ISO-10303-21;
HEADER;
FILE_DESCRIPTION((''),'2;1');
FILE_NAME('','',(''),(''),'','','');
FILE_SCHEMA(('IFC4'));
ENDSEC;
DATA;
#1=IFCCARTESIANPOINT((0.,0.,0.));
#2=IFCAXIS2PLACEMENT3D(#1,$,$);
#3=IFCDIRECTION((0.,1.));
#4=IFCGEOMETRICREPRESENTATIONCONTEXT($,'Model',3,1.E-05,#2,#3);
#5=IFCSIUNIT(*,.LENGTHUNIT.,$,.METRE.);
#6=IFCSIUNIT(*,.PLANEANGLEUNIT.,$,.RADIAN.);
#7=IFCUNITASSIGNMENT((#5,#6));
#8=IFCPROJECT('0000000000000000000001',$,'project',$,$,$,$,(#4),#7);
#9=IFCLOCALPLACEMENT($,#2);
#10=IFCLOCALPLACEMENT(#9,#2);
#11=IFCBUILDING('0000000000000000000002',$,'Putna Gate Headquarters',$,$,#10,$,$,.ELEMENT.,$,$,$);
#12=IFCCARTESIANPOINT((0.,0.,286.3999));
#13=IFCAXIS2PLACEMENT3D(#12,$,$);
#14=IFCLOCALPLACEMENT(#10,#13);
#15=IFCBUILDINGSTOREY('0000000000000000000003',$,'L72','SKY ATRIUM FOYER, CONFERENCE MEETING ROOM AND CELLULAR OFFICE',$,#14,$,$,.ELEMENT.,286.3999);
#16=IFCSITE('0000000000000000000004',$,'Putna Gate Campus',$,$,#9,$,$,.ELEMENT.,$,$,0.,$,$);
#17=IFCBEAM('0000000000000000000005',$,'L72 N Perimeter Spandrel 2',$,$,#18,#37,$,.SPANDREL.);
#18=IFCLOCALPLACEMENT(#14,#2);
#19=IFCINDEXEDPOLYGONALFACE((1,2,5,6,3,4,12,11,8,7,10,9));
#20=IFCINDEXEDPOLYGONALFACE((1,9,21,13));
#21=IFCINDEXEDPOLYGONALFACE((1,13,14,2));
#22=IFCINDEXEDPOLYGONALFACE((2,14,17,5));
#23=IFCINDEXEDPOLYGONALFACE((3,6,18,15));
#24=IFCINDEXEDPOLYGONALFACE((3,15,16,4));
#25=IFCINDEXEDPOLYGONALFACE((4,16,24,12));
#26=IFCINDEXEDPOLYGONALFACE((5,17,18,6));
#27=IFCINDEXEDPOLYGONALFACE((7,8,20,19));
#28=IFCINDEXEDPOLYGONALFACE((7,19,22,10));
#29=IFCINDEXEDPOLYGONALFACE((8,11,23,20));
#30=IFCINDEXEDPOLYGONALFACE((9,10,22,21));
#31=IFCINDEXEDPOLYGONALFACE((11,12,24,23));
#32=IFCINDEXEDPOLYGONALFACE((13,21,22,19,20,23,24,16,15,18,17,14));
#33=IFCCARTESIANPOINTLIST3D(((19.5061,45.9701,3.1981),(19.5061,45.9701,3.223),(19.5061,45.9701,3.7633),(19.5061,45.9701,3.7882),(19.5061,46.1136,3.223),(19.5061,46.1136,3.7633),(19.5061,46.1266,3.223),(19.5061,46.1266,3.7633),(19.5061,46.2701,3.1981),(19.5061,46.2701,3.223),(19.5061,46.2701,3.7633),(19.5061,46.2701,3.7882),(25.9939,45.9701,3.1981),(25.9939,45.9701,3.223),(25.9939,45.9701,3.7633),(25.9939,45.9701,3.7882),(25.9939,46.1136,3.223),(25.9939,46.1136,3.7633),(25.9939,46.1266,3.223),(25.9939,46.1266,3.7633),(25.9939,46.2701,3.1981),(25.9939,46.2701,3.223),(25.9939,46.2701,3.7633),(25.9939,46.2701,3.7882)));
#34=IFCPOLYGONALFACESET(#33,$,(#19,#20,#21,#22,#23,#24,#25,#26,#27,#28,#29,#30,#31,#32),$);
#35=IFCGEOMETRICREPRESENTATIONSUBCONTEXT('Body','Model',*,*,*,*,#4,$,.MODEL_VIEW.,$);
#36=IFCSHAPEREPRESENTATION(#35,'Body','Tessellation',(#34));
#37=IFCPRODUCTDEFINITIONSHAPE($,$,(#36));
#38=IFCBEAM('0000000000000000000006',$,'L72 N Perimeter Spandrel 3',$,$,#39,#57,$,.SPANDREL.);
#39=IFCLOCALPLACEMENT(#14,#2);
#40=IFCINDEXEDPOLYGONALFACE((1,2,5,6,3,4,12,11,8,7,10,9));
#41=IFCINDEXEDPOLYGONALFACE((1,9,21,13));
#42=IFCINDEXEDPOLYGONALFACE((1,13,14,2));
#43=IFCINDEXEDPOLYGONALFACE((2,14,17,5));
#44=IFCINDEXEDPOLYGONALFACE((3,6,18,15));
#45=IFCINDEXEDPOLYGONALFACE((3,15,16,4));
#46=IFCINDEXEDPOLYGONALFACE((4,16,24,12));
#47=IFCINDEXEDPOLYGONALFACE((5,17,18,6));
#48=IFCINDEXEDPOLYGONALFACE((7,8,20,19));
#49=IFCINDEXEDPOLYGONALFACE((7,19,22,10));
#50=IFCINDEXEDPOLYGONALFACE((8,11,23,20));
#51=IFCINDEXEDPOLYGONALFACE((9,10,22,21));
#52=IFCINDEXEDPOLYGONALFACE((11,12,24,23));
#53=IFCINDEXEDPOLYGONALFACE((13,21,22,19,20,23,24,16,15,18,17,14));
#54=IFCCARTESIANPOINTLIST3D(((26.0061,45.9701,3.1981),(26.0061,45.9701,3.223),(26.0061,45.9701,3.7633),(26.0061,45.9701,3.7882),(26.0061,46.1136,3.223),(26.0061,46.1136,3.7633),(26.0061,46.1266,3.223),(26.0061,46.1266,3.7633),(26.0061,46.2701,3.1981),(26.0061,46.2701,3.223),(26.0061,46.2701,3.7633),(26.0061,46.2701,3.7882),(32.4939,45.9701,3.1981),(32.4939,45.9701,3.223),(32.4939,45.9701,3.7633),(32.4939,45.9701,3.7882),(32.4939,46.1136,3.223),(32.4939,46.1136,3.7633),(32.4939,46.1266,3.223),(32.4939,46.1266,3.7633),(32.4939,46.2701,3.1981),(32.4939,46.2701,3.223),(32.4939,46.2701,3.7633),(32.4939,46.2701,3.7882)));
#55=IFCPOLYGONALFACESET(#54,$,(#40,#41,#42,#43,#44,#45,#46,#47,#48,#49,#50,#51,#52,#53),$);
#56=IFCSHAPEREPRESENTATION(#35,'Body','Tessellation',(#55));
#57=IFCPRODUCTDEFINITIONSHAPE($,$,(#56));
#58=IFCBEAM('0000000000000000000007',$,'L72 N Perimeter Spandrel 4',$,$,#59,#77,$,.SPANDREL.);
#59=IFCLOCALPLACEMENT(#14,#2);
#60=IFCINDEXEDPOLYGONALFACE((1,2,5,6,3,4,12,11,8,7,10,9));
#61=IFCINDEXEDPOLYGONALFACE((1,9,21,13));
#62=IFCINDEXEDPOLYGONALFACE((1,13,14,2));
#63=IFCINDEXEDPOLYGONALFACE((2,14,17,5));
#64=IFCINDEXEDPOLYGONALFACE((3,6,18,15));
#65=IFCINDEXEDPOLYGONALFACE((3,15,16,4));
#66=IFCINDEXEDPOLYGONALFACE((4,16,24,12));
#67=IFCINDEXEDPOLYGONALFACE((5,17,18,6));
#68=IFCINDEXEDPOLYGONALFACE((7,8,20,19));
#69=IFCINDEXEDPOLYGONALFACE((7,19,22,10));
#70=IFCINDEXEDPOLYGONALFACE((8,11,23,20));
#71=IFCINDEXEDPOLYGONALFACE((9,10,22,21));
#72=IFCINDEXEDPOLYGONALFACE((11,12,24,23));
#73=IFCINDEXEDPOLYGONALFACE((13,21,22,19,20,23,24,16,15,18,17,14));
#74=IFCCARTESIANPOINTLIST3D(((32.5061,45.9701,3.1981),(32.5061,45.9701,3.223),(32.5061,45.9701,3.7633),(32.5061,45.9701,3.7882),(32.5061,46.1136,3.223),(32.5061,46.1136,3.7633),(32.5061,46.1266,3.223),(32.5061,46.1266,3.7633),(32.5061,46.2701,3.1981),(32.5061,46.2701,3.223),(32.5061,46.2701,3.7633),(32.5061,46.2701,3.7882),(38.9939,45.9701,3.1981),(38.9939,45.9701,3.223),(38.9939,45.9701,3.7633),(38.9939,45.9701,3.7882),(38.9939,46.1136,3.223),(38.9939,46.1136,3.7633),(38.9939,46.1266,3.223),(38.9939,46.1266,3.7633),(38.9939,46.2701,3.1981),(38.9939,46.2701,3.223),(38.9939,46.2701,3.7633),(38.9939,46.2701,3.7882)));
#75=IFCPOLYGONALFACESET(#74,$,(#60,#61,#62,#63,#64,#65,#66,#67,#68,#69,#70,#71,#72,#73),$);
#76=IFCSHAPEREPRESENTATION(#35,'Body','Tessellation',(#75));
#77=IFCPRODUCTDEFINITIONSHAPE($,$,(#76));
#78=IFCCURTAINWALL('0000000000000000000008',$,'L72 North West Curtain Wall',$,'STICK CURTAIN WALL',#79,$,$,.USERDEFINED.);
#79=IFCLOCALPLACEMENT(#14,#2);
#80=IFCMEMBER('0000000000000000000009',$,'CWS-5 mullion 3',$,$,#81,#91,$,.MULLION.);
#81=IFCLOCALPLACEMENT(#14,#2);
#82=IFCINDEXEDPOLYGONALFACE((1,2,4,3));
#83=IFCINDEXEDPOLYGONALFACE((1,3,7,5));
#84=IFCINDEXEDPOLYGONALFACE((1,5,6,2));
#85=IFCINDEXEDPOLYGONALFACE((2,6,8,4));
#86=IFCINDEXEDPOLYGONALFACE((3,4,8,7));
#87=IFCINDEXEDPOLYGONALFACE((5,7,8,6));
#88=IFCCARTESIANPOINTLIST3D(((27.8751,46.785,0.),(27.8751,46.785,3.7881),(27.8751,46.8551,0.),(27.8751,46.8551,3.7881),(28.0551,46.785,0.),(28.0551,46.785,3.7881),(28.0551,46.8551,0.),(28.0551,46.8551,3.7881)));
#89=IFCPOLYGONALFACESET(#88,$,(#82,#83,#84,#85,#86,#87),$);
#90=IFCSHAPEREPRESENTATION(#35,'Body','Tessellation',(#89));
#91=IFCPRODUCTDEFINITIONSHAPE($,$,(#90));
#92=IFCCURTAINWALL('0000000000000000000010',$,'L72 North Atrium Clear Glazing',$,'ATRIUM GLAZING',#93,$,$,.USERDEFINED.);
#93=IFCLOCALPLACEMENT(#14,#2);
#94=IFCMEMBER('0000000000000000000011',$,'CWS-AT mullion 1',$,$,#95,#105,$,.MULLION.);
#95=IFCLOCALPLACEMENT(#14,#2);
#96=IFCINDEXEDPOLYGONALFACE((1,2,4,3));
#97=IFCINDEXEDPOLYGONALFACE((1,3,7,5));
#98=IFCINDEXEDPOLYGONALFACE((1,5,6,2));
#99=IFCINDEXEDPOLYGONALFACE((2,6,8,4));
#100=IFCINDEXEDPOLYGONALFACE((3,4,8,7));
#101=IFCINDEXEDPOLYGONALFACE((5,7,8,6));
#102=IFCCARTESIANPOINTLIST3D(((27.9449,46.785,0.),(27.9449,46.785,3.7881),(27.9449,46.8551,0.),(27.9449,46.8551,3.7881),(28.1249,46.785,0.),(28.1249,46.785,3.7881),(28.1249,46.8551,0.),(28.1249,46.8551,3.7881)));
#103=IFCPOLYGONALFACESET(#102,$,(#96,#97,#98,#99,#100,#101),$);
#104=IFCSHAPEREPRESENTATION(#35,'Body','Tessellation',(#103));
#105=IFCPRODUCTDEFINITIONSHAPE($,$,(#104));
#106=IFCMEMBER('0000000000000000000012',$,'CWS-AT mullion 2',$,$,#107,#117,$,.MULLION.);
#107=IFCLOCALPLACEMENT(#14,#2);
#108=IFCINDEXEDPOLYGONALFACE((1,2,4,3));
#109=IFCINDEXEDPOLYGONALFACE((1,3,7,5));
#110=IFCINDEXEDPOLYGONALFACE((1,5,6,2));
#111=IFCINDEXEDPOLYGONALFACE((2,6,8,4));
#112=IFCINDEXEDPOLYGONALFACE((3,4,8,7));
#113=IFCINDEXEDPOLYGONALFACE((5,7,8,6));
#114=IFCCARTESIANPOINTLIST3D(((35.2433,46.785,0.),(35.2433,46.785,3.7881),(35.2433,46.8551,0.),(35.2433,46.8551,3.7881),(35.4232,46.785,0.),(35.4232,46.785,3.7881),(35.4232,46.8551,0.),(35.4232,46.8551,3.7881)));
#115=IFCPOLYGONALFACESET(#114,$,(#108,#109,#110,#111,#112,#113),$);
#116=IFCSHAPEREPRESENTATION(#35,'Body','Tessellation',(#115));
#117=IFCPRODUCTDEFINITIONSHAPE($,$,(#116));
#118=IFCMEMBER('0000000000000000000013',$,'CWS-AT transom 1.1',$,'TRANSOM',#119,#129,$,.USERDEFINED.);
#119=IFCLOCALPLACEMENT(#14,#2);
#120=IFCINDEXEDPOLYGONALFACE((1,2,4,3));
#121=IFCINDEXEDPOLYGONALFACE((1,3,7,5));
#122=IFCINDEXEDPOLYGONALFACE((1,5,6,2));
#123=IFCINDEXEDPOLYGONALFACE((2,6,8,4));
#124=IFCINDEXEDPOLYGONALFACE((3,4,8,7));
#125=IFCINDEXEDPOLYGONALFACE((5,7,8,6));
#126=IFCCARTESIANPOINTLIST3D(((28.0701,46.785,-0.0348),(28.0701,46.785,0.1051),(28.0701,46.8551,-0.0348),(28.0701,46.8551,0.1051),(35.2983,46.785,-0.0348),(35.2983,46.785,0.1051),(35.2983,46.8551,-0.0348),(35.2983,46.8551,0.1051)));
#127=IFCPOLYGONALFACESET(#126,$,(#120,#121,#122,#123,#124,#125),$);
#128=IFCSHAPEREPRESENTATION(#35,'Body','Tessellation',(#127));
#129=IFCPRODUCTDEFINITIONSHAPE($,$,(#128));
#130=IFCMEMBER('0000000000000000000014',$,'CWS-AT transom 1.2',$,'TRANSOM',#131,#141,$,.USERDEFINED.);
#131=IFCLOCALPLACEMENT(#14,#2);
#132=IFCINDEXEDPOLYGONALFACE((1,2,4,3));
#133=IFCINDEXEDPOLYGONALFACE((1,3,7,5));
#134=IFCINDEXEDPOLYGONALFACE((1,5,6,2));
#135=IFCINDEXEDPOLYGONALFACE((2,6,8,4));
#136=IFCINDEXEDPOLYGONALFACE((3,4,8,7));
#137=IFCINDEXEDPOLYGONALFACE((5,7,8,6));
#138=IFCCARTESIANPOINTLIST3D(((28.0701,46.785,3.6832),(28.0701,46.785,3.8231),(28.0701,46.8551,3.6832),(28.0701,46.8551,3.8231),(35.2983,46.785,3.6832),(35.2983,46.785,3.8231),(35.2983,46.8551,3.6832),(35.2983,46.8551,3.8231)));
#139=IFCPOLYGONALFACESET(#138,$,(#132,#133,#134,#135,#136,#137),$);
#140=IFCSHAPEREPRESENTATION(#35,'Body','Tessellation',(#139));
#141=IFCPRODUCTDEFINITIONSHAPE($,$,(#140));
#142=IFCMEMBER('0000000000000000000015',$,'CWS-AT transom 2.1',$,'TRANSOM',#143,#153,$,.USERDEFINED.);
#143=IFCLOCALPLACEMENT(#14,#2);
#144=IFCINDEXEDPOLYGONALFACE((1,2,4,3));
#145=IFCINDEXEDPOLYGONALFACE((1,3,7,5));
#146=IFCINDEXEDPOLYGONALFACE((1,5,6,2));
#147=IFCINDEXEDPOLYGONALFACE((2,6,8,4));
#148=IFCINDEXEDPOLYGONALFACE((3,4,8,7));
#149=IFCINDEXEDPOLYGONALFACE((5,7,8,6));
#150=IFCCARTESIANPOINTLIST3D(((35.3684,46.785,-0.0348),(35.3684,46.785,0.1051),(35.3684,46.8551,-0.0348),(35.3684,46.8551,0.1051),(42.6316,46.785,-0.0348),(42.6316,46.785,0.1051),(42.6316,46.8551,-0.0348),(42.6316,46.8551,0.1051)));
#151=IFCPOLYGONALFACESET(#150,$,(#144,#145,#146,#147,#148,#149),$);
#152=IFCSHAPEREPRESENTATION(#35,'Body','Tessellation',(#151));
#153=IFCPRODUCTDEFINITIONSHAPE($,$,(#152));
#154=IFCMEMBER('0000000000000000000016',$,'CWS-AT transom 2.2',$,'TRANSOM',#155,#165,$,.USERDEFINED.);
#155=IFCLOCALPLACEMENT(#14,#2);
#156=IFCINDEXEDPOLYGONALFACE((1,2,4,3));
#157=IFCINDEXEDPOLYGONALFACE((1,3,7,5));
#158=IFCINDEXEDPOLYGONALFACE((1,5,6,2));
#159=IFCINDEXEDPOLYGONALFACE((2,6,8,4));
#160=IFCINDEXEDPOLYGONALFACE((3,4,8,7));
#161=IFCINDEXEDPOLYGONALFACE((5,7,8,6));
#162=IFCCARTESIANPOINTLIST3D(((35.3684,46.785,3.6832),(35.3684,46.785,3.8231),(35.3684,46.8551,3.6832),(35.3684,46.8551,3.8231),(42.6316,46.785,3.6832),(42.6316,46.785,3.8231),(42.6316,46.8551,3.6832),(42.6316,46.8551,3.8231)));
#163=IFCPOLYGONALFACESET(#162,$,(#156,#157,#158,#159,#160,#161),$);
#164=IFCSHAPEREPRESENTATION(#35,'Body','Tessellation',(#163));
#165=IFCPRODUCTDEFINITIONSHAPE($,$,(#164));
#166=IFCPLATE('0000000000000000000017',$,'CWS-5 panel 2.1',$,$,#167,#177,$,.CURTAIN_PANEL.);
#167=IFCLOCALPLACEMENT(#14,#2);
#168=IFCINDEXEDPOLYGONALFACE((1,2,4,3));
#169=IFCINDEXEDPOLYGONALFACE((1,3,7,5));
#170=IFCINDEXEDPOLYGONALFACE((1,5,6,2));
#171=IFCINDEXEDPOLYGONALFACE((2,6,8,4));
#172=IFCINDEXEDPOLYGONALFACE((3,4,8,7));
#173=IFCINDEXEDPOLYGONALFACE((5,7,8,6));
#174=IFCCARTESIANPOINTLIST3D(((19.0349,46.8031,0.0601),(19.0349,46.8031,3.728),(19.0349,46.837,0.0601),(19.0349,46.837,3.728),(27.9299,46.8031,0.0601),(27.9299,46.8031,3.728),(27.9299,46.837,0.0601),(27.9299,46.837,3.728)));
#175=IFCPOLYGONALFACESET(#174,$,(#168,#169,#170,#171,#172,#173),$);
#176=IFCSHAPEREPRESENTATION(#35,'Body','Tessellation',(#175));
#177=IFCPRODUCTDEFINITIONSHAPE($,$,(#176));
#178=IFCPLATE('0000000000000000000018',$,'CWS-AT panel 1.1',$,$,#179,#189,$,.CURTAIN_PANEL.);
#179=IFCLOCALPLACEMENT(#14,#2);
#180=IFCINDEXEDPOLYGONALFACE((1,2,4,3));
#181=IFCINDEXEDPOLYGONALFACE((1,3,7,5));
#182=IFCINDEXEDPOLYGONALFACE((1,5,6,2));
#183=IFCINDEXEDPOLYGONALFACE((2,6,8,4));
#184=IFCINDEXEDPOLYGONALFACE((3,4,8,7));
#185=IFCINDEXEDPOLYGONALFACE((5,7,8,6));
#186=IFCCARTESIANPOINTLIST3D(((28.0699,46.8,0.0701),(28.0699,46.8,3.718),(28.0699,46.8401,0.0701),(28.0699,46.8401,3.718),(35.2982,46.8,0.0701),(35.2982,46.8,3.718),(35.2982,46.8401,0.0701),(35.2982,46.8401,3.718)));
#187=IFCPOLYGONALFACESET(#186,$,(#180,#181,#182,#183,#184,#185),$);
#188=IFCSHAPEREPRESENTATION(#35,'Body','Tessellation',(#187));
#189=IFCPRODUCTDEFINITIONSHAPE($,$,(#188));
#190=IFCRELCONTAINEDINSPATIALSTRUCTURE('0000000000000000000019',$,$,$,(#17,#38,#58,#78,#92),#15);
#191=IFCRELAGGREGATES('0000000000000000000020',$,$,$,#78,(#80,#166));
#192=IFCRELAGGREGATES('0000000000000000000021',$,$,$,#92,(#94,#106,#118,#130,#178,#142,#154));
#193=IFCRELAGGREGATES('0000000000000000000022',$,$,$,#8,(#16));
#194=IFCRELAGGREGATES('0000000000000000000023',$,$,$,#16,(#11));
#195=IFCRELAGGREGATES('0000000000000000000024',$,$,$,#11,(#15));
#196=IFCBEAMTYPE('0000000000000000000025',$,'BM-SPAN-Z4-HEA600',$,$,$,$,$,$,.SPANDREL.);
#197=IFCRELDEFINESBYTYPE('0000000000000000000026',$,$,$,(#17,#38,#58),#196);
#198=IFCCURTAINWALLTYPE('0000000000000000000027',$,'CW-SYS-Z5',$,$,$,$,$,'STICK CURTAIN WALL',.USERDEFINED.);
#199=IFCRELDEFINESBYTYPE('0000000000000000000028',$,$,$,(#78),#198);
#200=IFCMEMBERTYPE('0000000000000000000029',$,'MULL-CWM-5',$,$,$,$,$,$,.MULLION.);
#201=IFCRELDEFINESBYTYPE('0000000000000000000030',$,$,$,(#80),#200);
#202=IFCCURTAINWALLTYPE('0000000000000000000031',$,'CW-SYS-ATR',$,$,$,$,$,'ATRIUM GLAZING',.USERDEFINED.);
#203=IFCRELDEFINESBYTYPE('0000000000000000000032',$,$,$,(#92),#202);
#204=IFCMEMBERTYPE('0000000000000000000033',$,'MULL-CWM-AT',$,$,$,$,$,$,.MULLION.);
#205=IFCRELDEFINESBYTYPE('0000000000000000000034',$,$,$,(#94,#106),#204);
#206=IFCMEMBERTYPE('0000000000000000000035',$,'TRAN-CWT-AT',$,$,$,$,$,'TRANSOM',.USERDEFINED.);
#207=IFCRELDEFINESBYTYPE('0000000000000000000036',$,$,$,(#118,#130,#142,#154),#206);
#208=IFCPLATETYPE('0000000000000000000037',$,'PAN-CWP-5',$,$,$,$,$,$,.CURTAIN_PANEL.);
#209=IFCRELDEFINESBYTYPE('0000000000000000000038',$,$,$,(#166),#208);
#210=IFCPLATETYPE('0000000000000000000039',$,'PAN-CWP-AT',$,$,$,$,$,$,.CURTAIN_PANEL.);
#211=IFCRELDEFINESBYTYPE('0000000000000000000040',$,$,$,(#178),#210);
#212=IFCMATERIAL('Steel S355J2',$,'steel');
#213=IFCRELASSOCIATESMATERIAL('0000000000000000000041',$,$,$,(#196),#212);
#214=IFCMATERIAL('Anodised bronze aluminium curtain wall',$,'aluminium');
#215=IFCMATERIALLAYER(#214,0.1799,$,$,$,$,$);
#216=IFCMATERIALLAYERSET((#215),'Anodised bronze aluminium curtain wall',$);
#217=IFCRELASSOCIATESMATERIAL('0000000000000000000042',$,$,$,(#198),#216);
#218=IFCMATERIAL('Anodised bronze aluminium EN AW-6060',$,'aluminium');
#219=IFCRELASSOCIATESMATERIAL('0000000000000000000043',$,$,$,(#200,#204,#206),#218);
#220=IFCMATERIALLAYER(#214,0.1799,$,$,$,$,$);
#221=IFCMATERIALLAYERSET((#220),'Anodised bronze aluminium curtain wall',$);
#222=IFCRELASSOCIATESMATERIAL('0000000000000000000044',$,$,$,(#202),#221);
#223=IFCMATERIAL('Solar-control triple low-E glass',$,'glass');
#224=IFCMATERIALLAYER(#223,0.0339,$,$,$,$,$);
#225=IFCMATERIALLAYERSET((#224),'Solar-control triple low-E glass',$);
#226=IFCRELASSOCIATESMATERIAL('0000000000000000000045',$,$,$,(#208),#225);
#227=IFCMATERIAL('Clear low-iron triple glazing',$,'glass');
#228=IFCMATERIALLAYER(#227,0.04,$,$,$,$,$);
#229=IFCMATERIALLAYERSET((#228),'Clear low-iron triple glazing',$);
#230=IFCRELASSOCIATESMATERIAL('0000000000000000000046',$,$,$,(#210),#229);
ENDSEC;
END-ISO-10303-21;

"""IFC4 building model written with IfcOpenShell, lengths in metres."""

from ifc_helpers import new_model, si_unit, direction, frame, origin, origin_2d, place, context, subcontext, project, spatial, rectangle, i_section, extrude, material, layer, layer_set, material_profile, profile_set, type_object, element, aggregate, save


model = new_model("IFC4")

# Units and contexts
model_context = context("Model", 3, precision=1e-05, world=origin(), true_north=direction((0.0, 1.0)))
body_context = subcontext(model_context, "Body", "Model", "MODEL_VIEW")
ifc_project = project(units=[si_unit("LENGTHUNIT", "METRE"), si_unit("PLANEANGLEUNIT", "RADIAN")], contexts=[model_context])

# Site, building, storey
site_placement = place(None, origin())
site = spatial("IfcSite", under=ifc_project, at=site_placement, Name="Putna Gate Campus", CompositionType="ELEMENT", RefElevation=0.0)
building_placement = place(site_placement, origin())
building = spatial("IfcBuilding", under=site, at=building_placement, Name="Putna Gate Headquarters", CompositionType="ELEMENT")
storey_placement = place(building_placement, frame((0.0, 0.0, 286.3999)))
storey = spatial("IfcBuildingStorey", under=building, at=storey_placement, Name="L72", Description="SKY ATRIUM FOYER, CONFERENCE MEETING ROOM AND CELLULAR OFFICE", CompositionType="ELEMENT", Elevation=286.3999)

# Beams
ifc_material_1 = material(Name="Steel S355J2", Category="steel")
ifc_material_profile_1 = material_profile(ifc_material_1, i_section(OverallWidth=0.3, OverallDepth=0.5901, WebThickness=0.0129, FlangeThickness=0.0249, at=origin_2d()), Name="Steel S355J2")
ifc_profile_set_1 = profile_set([ifc_material_profile_1], Name="Steel S355J2")
beam_type_1 = type_object("IfcBeamType", Name="BM-SPAN-Z4-HEA600", PredefinedType="SPANDREL", material=ifc_profile_set_1)
for number, where, z_axis, x_axis, name in (
    (1, (19.5061, 46.1201, 3.4932), (1.0, 0.0, 0.0), (0.0, 1.0, 0.0), "L72 N Perimeter Spandrel 2"),
    (2, (26.0061, 46.1201, 3.4932), (1.0, 0.0, 0.0), (0.0, 1.0, 0.0), "L72 N Perimeter Spandrel 3"),
    (3, (32.5061, 46.1201, 3.4932), (1.0, 0.0, 0.0), (0.0, 1.0, 0.0), "L72 N Perimeter Spandrel 4"),
):
    element("IfcBeam", number, at=place(storey_placement, frame(where, z_axis=z_axis, x_axis=x_axis)), inside=storey, type_object=beam_type_1, Name=name, PredefinedType="SPANDREL", context=body_context, shape_type="SweptSolid", body=[
        extrude(i_section(OverallWidth=0.3, OverallDepth=0.5901, WebThickness=0.0129, FlangeThickness=0.0249, at=origin_2d()), origin(), (0.0, 0.0, 1.0), 6.4878),
    ])

# Curtain wall, member
ifc_material_2 = material(Name="Anodised bronze aluminium curtain wall", Category="aluminium")
ifc_layer_1 = layer(ifc_material_2, 0.1799)
ifc_layer_set_1 = layer_set([ifc_layer_1], Name="Anodised bronze aluminium curtain wall")
curtain_wall_type_1 = type_object("IfcCurtainWallType", Name="CW-SYS-Z5", ElementType="STICK CURTAIN WALL", PredefinedType="USERDEFINED", material=ifc_layer_set_1)
curtain_wall_1_placement = place(storey_placement, origin())
curtain_wall_1 = element("IfcCurtainWall", 4, at=curtain_wall_1_placement, inside=storey, type_object=curtain_wall_type_1, Name="L72 North West Curtain Wall", ObjectType="STICK CURTAIN WALL", PredefinedType="USERDEFINED")
ifc_material_3 = material(Name="Anodised bronze aluminium EN AW-6060", Category="aluminium")
ifc_material_profile_2 = material_profile(ifc_material_3, rectangle(XDim=0.0701, YDim=0.1799, at=origin_2d()), Name="Anodised bronze aluminium EN AW-6060")
ifc_profile_set_2 = profile_set([ifc_material_profile_2], Name="Anodised bronze aluminium EN AW-6060")
member_type_1 = type_object("IfcMemberType", Name="MULL-CWM-5", PredefinedType="MULLION", material=ifc_profile_set_2)
member_1_placement = place(storey_placement, frame((27.9651, 46.8201, 0.0), z_axis=(0.0, 0.0, 1.0), x_axis=(0.0, 1.0, 0.0)))
member_1 = element("IfcMember", 5, at=member_1_placement, type_object=member_type_1, Name="CWS-5 mullion 3", PredefinedType="MULLION", context=body_context, shape_type="SweptSolid", body=[
    extrude(rectangle(XDim=0.0701, YDim=0.1799, at=origin_2d()), origin(), (0.0, 0.0, 1.0), 3.7881),
])

# Curtain wall, members
ifc_layer_2 = layer(ifc_material_2, 0.1799)
ifc_layer_set_2 = layer_set([ifc_layer_2], Name="Anodised bronze aluminium curtain wall")
curtain_wall_type_2 = type_object("IfcCurtainWallType", Name="CW-SYS-ATR", ElementType="ATRIUM GLAZING", PredefinedType="USERDEFINED", material=ifc_layer_set_2)
curtain_wall_2_placement = place(storey_placement, origin())
curtain_wall_2 = element("IfcCurtainWall", 6, at=curtain_wall_2_placement, inside=storey, type_object=curtain_wall_type_2, Name="L72 North Atrium Clear Glazing", ObjectType="ATRIUM GLAZING", PredefinedType="USERDEFINED")
ifc_material_profile_3 = material_profile(ifc_material_3, rectangle(XDim=0.0701, YDim=0.1799, at=origin_2d()), Name="Anodised bronze aluminium EN AW-6060")
ifc_profile_set_3 = profile_set([ifc_material_profile_3], Name="Anodised bronze aluminium EN AW-6060")
member_type_2 = type_object("IfcMemberType", Name="MULL-CWM-AT", PredefinedType="MULLION", material=ifc_profile_set_3)
member_2_placement = place(storey_placement, frame((28.0349, 46.8201, 0.0), z_axis=(0.0, 0.0, 1.0), x_axis=(0.0, 1.0, 0.0)))
member_2 = element("IfcMember", 7, at=member_2_placement, type_object=member_type_2, Name="CWS-AT mullion 1", PredefinedType="MULLION", context=body_context, shape_type="SweptSolid", body=[
    extrude(rectangle(XDim=0.0701, YDim=0.1799, at=origin_2d()), origin(), (0.0, 0.0, 1.0), 3.7881),
])
member_3_placement = place(storey_placement, frame((35.3333, 46.8201, 0.0), z_axis=(0.0, 0.0, 1.0), x_axis=(0.0, 1.0, 0.0)))
member_3 = element("IfcMember", 8, at=member_3_placement, type_object=member_type_2, Name="CWS-AT mullion 2", PredefinedType="MULLION", context=body_context, shape_type="SweptSolid", body=[
    extrude(rectangle(XDim=0.0701, YDim=0.1799, at=origin_2d()), origin(), (0.0, 0.0, 1.0), 3.7881),
])
ifc_material_profile_4 = material_profile(ifc_material_3, rectangle(XDim=0.0701, YDim=0.1399, at=origin_2d()), Name="Anodised bronze aluminium EN AW-6060")
ifc_profile_set_4 = profile_set([ifc_material_profile_4], Name="Anodised bronze aluminium EN AW-6060")
member_type_3 = type_object("IfcMemberType", Name="TRAN-CWT-AT", ElementType="TRANSOM", PredefinedType="USERDEFINED", material=ifc_profile_set_4)
member_4_placement = place(storey_placement, frame((28.0701, 46.8201, 0.0352), z_axis=(1.0, 0.0, 0.0), x_axis=(0.0, 1.0, 0.0)))
member_4 = element("IfcMember", 9, at=member_4_placement, type_object=member_type_3, Name="CWS-AT transom 1.1", ObjectType="TRANSOM", PredefinedType="USERDEFINED", context=body_context, shape_type="SweptSolid", body=[
    extrude(rectangle(XDim=0.0701, YDim=0.1399, at=origin_2d()), origin(), (0.0, 0.0, 1.0), 7.2283),
])
member_5_placement = place(storey_placement, frame((28.0701, 46.8201, 3.7532), z_axis=(1.0, 0.0, 0.0), x_axis=(0.0, 1.0, 0.0)))
member_5 = element("IfcMember", 10, at=member_5_placement, type_object=member_type_3, Name="CWS-AT transom 1.2", ObjectType="TRANSOM", PredefinedType="USERDEFINED", context=body_context, shape_type="SweptSolid", body=[
    extrude(rectangle(XDim=0.0701, YDim=0.1399, at=origin_2d()), origin(), (0.0, 0.0, 1.0), 7.2283),
])
member_6_placement = place(storey_placement, frame((35.3684, 46.8201, 0.0352), z_axis=(1.0, 0.0, 0.0), x_axis=(0.0, 1.0, 0.0)))
member_6 = element("IfcMember", 11, at=member_6_placement, type_object=member_type_3, Name="CWS-AT transom 2.1", ObjectType="TRANSOM", PredefinedType="USERDEFINED", context=body_context, shape_type="SweptSolid", body=[
    extrude(rectangle(XDim=0.0701, YDim=0.1399, at=origin_2d()), origin(), (0.0, 0.0, 1.0), 7.2632),
])
member_7_placement = place(storey_placement, frame((35.3684, 46.8201, 3.7532), z_axis=(1.0, 0.0, 0.0), x_axis=(0.0, 1.0, 0.0)))
member_7 = element("IfcMember", 12, at=member_7_placement, type_object=member_type_3, Name="CWS-AT transom 2.2", ObjectType="TRANSOM", PredefinedType="USERDEFINED", context=body_context, shape_type="SweptSolid", body=[
    extrude(rectangle(XDim=0.0701, YDim=0.1399, at=origin_2d()), origin(), (0.0, 0.0, 1.0), 7.2632),
])

# Plates
ifc_material_4 = material(Name="Solar-control triple low-E glass", Category="glass")
ifc_layer_3 = layer(ifc_material_4, 0.0339)
ifc_layer_set_3 = layer_set([ifc_layer_3], Name="Solar-control triple low-E glass")
plate_type_1 = type_object("IfcPlateType", Name="PAN-CWP-5", PredefinedType="CURTAIN_PANEL", material=ifc_layer_set_3)
plate_1_placement = place(storey_placement, frame((23.4824, 46.8201, 0.0601), z_axis=(0.0, 0.0, 1.0), x_axis=(1.0, 0.0, 0.0)))
plate_1 = element("IfcPlate", 13, at=plate_1_placement, type_object=plate_type_1, Name="CWS-5 panel 2.1", PredefinedType="CURTAIN_PANEL", context=body_context, shape_type="SweptSolid", body=[
    extrude(rectangle(XDim=8.895, YDim=0.0339, at=origin_2d()), origin(), (0.0, 0.0, 1.0), 3.668),
])
aggregate(curtain_wall_1, [member_1, plate_1])
ifc_material_5 = material(Name="Clear low-iron triple glazing", Category="glass")
ifc_layer_4 = layer(ifc_material_5, 0.04)
ifc_layer_set_4 = layer_set([ifc_layer_4], Name="Clear low-iron triple glazing")
plate_type_2 = type_object("IfcPlateType", Name="PAN-CWP-AT", PredefinedType="CURTAIN_PANEL", material=ifc_layer_set_4)
plate_2_placement = place(storey_placement, frame((31.6841, 46.8201, 0.0701), z_axis=(0.0, 0.0, 1.0), x_axis=(1.0, 0.0, 0.0)))
plate_2 = element("IfcPlate", 14, at=plate_2_placement, type_object=plate_type_2, Name="CWS-AT panel 1.1", PredefinedType="CURTAIN_PANEL", context=body_context, shape_type="SweptSolid", body=[
    extrude(rectangle(XDim=7.2283, YDim=0.04, at=origin_2d()), origin(), (0.0, 0.0, 1.0), 3.6479),
])
aggregate(curtain_wall_2, [member_2, member_3, member_4, member_5, plate_2, member_6, member_7])

save(model, "model.ifc")
